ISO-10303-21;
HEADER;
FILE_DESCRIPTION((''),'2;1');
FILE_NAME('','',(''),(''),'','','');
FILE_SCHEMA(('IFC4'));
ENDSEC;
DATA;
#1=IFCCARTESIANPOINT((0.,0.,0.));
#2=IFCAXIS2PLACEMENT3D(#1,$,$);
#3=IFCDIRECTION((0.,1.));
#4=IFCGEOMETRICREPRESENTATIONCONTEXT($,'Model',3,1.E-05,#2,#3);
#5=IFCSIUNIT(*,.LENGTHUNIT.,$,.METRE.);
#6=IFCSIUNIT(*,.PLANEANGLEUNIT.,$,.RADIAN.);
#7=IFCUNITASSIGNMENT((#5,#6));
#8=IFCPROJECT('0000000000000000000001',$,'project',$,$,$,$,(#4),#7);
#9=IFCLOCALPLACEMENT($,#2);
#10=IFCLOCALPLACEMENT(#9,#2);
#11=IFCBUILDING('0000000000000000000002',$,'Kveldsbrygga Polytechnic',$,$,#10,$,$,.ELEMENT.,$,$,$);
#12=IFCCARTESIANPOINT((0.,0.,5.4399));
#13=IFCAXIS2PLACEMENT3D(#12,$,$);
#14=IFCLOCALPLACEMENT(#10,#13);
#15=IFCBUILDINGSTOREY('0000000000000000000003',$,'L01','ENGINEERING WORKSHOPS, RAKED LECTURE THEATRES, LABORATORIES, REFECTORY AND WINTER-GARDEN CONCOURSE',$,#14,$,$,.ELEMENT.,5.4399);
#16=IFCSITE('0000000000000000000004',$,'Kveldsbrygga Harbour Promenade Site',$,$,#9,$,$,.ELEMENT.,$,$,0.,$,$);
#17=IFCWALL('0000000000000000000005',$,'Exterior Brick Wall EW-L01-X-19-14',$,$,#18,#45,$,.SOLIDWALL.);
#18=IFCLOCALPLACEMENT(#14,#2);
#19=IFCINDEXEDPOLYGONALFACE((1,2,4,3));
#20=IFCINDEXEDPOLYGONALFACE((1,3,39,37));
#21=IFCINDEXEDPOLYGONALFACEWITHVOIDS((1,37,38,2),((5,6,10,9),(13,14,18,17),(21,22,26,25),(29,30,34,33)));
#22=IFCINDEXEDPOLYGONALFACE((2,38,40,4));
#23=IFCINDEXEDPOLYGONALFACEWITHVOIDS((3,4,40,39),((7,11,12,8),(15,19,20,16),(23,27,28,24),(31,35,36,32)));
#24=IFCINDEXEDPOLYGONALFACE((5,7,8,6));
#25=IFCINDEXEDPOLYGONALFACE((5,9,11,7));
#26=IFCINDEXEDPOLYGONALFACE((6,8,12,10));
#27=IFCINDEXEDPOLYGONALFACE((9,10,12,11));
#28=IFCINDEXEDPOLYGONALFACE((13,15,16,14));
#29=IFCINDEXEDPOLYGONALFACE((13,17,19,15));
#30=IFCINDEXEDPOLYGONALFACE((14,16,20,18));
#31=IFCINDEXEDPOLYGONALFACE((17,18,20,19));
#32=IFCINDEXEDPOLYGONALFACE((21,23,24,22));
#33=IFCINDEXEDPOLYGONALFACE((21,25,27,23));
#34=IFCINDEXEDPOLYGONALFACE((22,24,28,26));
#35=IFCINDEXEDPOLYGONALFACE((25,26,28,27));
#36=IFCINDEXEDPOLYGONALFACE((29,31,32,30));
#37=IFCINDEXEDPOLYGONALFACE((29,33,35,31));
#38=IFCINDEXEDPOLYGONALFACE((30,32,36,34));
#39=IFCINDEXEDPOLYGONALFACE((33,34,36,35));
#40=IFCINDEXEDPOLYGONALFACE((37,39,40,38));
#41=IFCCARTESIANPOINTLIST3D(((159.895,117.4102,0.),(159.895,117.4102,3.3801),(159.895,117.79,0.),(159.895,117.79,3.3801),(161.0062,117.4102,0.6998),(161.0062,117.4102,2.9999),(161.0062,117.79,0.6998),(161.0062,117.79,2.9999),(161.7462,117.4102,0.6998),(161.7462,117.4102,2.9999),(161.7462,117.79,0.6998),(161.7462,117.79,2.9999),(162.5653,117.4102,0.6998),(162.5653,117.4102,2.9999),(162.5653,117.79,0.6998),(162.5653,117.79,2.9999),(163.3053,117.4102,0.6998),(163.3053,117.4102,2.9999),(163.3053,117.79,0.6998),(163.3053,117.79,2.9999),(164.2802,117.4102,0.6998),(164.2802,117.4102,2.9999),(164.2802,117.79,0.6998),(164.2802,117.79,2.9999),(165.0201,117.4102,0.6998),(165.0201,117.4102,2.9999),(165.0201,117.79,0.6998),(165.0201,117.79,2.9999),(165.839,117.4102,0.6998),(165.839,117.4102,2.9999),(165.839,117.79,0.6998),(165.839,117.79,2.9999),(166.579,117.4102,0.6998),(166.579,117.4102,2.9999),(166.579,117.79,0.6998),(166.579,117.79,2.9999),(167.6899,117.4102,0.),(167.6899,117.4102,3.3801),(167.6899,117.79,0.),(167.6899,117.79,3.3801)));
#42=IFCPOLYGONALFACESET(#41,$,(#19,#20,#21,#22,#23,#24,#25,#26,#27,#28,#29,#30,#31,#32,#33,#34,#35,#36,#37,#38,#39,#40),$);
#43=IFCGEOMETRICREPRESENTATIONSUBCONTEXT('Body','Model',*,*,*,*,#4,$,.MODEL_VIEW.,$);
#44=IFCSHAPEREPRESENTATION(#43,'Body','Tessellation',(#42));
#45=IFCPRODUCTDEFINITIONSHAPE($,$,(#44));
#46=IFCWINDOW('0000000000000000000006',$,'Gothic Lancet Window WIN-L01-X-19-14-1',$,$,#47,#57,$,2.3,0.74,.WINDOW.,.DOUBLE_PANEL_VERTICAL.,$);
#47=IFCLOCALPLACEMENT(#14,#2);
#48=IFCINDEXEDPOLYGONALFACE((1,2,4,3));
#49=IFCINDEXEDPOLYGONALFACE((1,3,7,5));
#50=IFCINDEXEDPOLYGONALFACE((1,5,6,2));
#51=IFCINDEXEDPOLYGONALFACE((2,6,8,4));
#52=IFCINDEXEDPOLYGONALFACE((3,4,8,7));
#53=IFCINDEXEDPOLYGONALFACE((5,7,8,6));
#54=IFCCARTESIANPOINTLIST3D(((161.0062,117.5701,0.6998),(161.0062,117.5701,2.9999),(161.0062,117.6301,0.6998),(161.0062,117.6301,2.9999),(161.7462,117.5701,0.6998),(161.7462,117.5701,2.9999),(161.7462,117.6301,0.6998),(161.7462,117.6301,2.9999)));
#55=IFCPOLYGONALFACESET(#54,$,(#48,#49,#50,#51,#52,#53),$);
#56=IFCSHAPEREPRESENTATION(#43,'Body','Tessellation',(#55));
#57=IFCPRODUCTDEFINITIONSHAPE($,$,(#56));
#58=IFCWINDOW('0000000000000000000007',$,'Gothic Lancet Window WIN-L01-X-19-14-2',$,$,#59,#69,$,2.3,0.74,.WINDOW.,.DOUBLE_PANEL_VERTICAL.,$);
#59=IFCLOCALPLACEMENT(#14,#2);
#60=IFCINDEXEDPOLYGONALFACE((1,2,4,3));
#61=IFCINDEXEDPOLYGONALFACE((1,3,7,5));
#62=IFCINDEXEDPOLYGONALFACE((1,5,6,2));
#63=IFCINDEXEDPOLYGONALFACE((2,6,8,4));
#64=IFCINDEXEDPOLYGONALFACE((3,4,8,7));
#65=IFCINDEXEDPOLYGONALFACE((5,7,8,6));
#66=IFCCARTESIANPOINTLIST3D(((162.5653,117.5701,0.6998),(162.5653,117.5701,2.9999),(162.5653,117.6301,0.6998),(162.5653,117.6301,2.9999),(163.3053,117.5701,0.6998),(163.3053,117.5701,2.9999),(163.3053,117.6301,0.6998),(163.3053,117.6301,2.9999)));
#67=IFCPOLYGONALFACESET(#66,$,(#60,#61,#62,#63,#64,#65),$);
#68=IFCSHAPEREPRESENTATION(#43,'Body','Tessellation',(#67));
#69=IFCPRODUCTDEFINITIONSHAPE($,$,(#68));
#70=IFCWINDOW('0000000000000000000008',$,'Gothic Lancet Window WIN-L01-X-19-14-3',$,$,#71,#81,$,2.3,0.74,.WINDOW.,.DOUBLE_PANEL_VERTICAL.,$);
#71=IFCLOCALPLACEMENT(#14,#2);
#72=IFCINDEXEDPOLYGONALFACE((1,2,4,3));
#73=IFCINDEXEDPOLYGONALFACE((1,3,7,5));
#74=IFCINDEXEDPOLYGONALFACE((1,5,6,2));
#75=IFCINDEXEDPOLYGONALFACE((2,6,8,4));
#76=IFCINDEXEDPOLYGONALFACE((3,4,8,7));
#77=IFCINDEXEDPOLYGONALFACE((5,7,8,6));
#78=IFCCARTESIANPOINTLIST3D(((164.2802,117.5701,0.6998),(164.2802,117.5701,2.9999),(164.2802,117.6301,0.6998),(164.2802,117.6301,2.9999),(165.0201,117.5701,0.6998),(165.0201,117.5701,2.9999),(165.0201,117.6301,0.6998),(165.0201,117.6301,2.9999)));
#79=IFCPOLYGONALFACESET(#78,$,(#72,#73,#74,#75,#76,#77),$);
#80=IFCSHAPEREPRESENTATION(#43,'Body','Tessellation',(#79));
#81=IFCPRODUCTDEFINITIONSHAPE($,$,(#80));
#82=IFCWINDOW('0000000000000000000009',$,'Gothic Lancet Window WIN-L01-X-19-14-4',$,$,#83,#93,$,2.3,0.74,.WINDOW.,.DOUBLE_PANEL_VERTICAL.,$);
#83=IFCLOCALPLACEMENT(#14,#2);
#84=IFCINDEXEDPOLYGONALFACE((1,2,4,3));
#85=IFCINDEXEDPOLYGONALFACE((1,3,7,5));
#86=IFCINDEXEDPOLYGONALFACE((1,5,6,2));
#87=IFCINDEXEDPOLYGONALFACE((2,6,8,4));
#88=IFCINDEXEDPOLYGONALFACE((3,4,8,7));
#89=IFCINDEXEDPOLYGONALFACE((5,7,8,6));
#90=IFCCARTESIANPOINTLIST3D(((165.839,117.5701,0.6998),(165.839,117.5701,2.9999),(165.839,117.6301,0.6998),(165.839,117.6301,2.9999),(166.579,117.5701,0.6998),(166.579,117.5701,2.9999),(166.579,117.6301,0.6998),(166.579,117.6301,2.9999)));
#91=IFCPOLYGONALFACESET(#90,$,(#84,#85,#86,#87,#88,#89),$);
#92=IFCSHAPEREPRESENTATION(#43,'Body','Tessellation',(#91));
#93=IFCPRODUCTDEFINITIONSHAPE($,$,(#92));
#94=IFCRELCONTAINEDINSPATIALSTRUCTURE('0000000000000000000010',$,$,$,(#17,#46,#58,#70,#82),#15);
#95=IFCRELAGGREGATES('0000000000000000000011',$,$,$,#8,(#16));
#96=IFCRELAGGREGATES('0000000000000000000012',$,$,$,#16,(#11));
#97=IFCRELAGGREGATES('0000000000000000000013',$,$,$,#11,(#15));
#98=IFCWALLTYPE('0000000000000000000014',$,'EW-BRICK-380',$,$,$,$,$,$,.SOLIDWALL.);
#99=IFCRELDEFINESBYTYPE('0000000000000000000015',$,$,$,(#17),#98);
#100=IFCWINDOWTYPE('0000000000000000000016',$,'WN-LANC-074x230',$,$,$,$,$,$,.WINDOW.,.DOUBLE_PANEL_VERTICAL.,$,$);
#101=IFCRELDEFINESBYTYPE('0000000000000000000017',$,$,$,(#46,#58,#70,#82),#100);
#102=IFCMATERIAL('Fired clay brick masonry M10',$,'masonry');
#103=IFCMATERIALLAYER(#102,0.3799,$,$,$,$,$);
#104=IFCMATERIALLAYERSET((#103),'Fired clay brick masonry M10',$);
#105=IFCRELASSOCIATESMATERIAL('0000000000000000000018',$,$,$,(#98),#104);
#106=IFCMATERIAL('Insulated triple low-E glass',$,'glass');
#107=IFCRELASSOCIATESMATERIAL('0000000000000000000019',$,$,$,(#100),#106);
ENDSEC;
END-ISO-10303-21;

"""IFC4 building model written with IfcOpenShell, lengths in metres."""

from ifc_helpers import new_model, si_unit, direction, frame, frame_2d, origin, place, context, subcontext, project, spatial, rectangle, extrude, material, layer, layer_set, type_object, element, fill, save


model = new_model("IFC4")

# Units and contexts
model_context = context("Model", 3, precision=1e-05, world=origin(), true_north=direction((0.0, 1.0)))
body_context = subcontext(model_context, "Body", "Model", "MODEL_VIEW")
ifc_project = project(units=[si_unit("LENGTHUNIT", "METRE"), si_unit("PLANEANGLEUNIT", "RADIAN")], contexts=[model_context])

# Site, building, storey
site_placement = place(None, origin())
site = spatial("IfcSite", under=ifc_project, at=site_placement, Name="Kveldsbrygga Harbour Promenade Site", CompositionType="ELEMENT", RefElevation=0.0)
building_placement = place(site_placement, origin())
building = spatial("IfcBuilding", under=site, at=building_placement, Name="Kveldsbrygga Polytechnic", CompositionType="ELEMENT")
storey_placement = place(building_placement, frame((0.0, 0.0, 5.4399)))
storey = spatial("IfcBuildingStorey", under=building, at=storey_placement, Name="L01", Description="ENGINEERING WORKSHOPS, RAKED LECTURE THEATRES, LABORATORIES, REFECTORY AND WINTER-GARDEN CONCOURSE", CompositionType="ELEMENT", Elevation=5.4399)

# Wall, openings, windows
ifc_material_1 = material(Name="Fired clay brick masonry M10", Category="masonry")
ifc_layer_1 = layer(ifc_material_1, 0.3799)
ifc_layer_set_1 = layer_set([ifc_layer_1], Name="Fired clay brick masonry M10")
wall_type_1 = type_object("IfcWallType", Name="EW-BRICK-380", PredefinedType="SOLIDWALL", material=ifc_layer_set_1)
wall_1_placement = place(storey_placement, frame((159.895, 117.6001, 0.0), z_axis=(0.0, 0.0, 1.0), x_axis=(1.0, 0.0, 0.0)))
wall_1 = element("IfcWall", 1, at=wall_1_placement, inside=storey, type_object=wall_type_1, Name="Exterior Brick Wall EW-L01-X-19-14", PredefinedType="SOLIDWALL", context=body_context, shape_type="SweptSolid", body=[
    extrude(rectangle(XDim=7.7949, YDim=0.3799, at=frame_2d((3.8975, 0.0))), origin(), (0.0, 0.0, 1.0), 3.3801),
])
opening_1_placement = place(wall_1_placement, frame((1.1111, 0.0, 0.7)))
opening_1 = element("IfcOpeningElement", 2, at=opening_1_placement, cuts=wall_1, PredefinedType="OPENING", context=body_context, shape_type="SweptSolid", body=[
    extrude(rectangle(XDim=0.74, YDim=2.3, at=frame_2d((0.3701, 1.1499))), frame((0.0, 0.2, 0.0), z_axis=(0.0, -1.0, 0.0), x_axis=(1.0, 0.0, 0.0)), (0.0, 0.0, 1.0), 0.3999),
])
opening_2_placement = place(wall_1_placement, frame((2.6702, 0.0, 0.7)))
opening_2 = element("IfcOpeningElement", 3, at=opening_2_placement, cuts=wall_1, PredefinedType="OPENING", context=body_context, shape_type="SweptSolid", body=[
    extrude(rectangle(XDim=0.74, YDim=2.3, at=frame_2d((0.3701, 1.1499))), frame((0.0, 0.2, 0.0), z_axis=(0.0, -1.0, 0.0), x_axis=(1.0, 0.0, 0.0)), (0.0, 0.0, 1.0), 0.3999),
])
opening_3_placement = place(wall_1_placement, frame((4.385, 0.0, 0.7)))
opening_3 = element("IfcOpeningElement", 4, at=opening_3_placement, cuts=wall_1, PredefinedType="OPENING", context=body_context, shape_type="SweptSolid", body=[
    extrude(rectangle(XDim=0.74, YDim=2.3, at=frame_2d((0.3701, 1.1499))), frame((0.0, 0.2, 0.0), z_axis=(0.0, -1.0, 0.0), x_axis=(1.0, 0.0, 0.0)), (0.0, 0.0, 1.0), 0.3999),
])
opening_4_placement = place(wall_1_placement, frame((5.9438, 0.0, 0.7)))
opening_4 = element("IfcOpeningElement", 5, at=opening_4_placement, cuts=wall_1, PredefinedType="OPENING", context=body_context, shape_type="SweptSolid", body=[
    extrude(rectangle(XDim=0.74, YDim=2.3, at=frame_2d((0.3701, 1.1499))), frame((0.0, 0.2, 0.0), z_axis=(0.0, -1.0, 0.0), x_axis=(1.0, 0.0, 0.0)), (0.0, 0.0, 1.0), 0.3999),
])
ifc_material_2 = material(Name="Insulated triple low-E glass", Category="glass")
window_type_1 = type_object("IfcWindowType", Name="WN-LANC-074x230", PartitioningType="DOUBLE_PANEL_VERTICAL", PredefinedType="WINDOW", material=ifc_material_2)
window_1_placement = place(opening_1_placement, origin())
window_1 = element("IfcWindow", 6, at=window_1_placement, inside=storey, type_object=window_type_1, Name="Gothic Lancet Window WIN-L01-X-19-14-1", OverallHeight=2.3, OverallWidth=0.74, PartitioningType="DOUBLE_PANEL_VERTICAL", PredefinedType="WINDOW", context=body_context, shape_type="SweptSolid", body=[
    extrude(rectangle(XDim=0.74, YDim=2.3, at=frame_2d((0.3701, 1.1499))), frame((0.0, 0.03, 0.0), z_axis=(0.0, -1.0, 0.0), x_axis=(1.0, 0.0, 0.0)), (0.0, 0.0, 1.0), 0.0601),
])
fill(opening_1, window_1)
window_2_placement = place(opening_2_placement, origin())
window_2 = element("IfcWindow", 7, at=window_2_placement, inside=storey, type_object=window_type_1, Name="Gothic Lancet Window WIN-L01-X-19-14-2", OverallHeight=2.3, OverallWidth=0.74, PartitioningType="DOUBLE_PANEL_VERTICAL", PredefinedType="WINDOW", context=body_context, shape_type="SweptSolid", body=[
    extrude(rectangle(XDim=0.74, YDim=2.3, at=frame_2d((0.3701, 1.1499))), frame((0.0, 0.03, 0.0), z_axis=(0.0, -1.0, 0.0), x_axis=(1.0, 0.0, 0.0)), (0.0, 0.0, 1.0), 0.0601),
])
fill(opening_2, window_2)
window_3_placement = place(opening_3_placement, origin())
window_3 = element("IfcWindow", 8, at=window_3_placement, inside=storey, type_object=window_type_1, Name="Gothic Lancet Window WIN-L01-X-19-14-3", OverallHeight=2.3, OverallWidth=0.74, PartitioningType="DOUBLE_PANEL_VERTICAL", PredefinedType="WINDOW", context=body_context, shape_type="SweptSolid", body=[
    extrude(rectangle(XDim=0.74, YDim=2.3, at=frame_2d((0.3701, 1.1499))), frame((0.0, 0.03, 0.0), z_axis=(0.0, -1.0, 0.0), x_axis=(1.0, 0.0, 0.0)), (0.0, 0.0, 1.0), 0.0601),
])
fill(opening_3, window_3)
window_4_placement = place(opening_4_placement, origin())
window_4 = element("IfcWindow", 9, at=window_4_placement, inside=storey, type_object=window_type_1, Name="Gothic Lancet Window WIN-L01-X-19-14-4", OverallHeight=2.3, OverallWidth=0.74, PartitioningType="DOUBLE_PANEL_VERTICAL", PredefinedType="WINDOW", context=body_context, shape_type="SweptSolid", body=[
    extrude(rectangle(XDim=0.74, YDim=2.3, at=frame_2d((0.3701, 1.1499))), frame((0.0, 0.03, 0.0), z_axis=(0.0, -1.0, 0.0), x_axis=(1.0, 0.0, 0.0)), (0.0, 0.0, 1.0), 0.0601),
])
fill(opening_4, window_4)

save(model, "model.ifc")
